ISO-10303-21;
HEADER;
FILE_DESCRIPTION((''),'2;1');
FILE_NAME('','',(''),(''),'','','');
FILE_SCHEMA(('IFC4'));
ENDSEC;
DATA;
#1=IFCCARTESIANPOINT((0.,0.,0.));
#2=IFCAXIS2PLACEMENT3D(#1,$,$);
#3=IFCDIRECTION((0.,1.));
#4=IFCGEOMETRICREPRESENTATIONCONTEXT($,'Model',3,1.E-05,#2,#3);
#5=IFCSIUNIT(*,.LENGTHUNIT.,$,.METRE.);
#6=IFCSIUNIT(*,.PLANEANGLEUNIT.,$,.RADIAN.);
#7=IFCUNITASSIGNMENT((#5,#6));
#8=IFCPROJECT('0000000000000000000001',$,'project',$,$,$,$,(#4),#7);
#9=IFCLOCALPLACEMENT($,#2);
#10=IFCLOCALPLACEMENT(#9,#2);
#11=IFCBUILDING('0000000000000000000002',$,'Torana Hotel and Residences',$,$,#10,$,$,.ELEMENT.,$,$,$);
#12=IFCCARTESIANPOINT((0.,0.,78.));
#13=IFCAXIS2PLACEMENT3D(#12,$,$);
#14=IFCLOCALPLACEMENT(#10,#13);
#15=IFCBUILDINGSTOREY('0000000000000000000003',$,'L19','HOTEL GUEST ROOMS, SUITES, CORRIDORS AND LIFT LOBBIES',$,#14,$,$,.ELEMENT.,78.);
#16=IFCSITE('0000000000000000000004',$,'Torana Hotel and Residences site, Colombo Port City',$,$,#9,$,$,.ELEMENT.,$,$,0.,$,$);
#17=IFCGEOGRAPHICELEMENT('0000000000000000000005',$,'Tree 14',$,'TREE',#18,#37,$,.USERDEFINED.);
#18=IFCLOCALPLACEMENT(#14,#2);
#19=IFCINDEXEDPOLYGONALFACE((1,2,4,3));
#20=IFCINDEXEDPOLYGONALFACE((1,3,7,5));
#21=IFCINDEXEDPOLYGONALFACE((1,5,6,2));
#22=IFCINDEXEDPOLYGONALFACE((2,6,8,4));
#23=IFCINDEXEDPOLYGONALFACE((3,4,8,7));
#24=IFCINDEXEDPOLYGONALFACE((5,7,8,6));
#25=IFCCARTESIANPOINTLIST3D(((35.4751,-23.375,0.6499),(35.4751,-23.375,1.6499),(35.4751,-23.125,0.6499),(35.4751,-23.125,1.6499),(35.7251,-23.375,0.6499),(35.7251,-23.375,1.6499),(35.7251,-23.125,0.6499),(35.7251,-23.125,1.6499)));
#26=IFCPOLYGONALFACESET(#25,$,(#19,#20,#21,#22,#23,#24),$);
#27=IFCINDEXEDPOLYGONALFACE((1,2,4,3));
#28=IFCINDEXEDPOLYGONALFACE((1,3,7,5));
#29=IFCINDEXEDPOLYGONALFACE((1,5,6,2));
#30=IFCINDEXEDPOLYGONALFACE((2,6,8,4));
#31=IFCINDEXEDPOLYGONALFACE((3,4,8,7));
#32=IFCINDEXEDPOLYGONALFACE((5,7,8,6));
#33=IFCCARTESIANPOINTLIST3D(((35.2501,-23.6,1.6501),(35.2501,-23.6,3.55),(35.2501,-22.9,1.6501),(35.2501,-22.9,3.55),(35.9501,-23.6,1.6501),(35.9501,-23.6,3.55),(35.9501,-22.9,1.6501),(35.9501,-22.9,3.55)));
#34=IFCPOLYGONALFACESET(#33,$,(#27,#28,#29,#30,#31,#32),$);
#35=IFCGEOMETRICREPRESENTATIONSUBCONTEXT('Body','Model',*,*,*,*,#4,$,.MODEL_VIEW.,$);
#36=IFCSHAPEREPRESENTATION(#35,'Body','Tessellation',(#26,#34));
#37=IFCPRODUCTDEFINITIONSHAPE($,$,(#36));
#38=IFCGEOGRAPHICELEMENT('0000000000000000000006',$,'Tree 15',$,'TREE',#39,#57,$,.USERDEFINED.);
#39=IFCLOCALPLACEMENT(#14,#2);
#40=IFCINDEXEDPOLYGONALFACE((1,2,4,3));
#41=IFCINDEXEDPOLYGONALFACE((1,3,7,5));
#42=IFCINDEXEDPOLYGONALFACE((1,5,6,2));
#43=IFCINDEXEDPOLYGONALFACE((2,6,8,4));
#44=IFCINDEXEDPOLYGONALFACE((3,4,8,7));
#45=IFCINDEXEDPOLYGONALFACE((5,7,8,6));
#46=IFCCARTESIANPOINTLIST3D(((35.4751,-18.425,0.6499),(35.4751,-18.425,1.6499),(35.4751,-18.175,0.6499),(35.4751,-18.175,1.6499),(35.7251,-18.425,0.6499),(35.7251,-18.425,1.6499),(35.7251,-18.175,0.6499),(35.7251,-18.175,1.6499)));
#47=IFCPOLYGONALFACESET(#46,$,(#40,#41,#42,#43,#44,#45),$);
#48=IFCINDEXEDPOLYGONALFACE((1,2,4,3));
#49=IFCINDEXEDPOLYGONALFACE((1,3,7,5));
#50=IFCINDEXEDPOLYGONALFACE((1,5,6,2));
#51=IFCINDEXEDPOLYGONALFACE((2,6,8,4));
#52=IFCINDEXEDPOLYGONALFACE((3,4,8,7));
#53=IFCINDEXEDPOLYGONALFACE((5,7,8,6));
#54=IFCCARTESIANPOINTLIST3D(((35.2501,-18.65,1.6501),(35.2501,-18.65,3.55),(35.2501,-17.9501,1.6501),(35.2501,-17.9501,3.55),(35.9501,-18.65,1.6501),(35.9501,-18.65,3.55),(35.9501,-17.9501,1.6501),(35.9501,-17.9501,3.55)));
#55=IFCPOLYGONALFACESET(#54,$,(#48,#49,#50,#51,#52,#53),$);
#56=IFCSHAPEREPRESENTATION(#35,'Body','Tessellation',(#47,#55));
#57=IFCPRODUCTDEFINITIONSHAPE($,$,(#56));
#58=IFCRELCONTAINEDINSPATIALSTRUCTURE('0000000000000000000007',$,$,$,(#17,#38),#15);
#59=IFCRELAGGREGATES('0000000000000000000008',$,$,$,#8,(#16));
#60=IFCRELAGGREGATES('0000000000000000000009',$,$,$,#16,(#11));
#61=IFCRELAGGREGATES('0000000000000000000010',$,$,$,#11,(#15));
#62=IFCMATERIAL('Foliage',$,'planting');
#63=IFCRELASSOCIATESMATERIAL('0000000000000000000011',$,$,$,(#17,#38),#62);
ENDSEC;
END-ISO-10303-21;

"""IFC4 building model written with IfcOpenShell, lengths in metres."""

from ifc_helpers import new_model, si_unit, direction, frame, origin, origin_2d, place, context, subcontext, project, spatial, rectangle, extrude, material, element, save


model = new_model("IFC4")

# Units and contexts
model_context = context("Model", 3, precision=1e-05, world=origin(), true_north=direction((0.0, 1.0)))
body_context = subcontext(model_context, "Body", "Model", "MODEL_VIEW")
ifc_project = project(units=[si_unit("LENGTHUNIT", "METRE"), si_unit("PLANEANGLEUNIT", "RADIAN")], contexts=[model_context])

# Site, building, storey
site_placement = place(None, origin())
site = spatial("IfcSite", under=ifc_project, at=site_placement, Name="Torana Hotel and Residences site, Colombo Port City", CompositionType="ELEMENT", RefElevation=0.0)
building_placement = place(site_placement, origin())
building = spatial("IfcBuilding", under=site, at=building_placement, Name="Torana Hotel and Residences", CompositionType="ELEMENT")
storey_placement = place(building_placement, frame((0.0, 0.0, 78.0)))
storey = spatial("IfcBuildingStorey", under=building, at=storey_placement, Name="L19", Description="HOTEL GUEST ROOMS, SUITES, CORRIDORS AND LIFT LOBBIES", CompositionType="ELEMENT", Elevation=78.0)

# Geographic elements
ifc_material_1 = material(Name="Foliage", Category="planting")
for number, where, z_axis, x_axis, name in (
    (1, (35.6001, -23.25, 0.6499), (0.0, 0.0, 1.0), (1.0, 0.0, 0.0), "Tree 14"),
    (2, (35.6001, -18.3, 0.6499), (0.0, 0.0, 1.0), (1.0, 0.0, 0.0), "Tree 15"),
):
    element("IfcGeographicElement", number, at=place(storey_placement, frame(where, z_axis=z_axis, x_axis=x_axis)), inside=storey, material=ifc_material_1, Name=name, ObjectType="TREE", PredefinedType="USERDEFINED", context=body_context, shape_type="SweptSolid", body=[
        extrude(rectangle(XDim=0.25, YDim=0.25, at=origin_2d()), origin(), (0.0, 0.0, 1.0), 1.0),
        extrude(rectangle(XDim=0.7, YDim=0.7, at=origin_2d()), frame((0.0, 0.0, 1.0002)), (0.0, 0.0, 1.0), 1.8999),
    ])

save(model, "model.ifc")
